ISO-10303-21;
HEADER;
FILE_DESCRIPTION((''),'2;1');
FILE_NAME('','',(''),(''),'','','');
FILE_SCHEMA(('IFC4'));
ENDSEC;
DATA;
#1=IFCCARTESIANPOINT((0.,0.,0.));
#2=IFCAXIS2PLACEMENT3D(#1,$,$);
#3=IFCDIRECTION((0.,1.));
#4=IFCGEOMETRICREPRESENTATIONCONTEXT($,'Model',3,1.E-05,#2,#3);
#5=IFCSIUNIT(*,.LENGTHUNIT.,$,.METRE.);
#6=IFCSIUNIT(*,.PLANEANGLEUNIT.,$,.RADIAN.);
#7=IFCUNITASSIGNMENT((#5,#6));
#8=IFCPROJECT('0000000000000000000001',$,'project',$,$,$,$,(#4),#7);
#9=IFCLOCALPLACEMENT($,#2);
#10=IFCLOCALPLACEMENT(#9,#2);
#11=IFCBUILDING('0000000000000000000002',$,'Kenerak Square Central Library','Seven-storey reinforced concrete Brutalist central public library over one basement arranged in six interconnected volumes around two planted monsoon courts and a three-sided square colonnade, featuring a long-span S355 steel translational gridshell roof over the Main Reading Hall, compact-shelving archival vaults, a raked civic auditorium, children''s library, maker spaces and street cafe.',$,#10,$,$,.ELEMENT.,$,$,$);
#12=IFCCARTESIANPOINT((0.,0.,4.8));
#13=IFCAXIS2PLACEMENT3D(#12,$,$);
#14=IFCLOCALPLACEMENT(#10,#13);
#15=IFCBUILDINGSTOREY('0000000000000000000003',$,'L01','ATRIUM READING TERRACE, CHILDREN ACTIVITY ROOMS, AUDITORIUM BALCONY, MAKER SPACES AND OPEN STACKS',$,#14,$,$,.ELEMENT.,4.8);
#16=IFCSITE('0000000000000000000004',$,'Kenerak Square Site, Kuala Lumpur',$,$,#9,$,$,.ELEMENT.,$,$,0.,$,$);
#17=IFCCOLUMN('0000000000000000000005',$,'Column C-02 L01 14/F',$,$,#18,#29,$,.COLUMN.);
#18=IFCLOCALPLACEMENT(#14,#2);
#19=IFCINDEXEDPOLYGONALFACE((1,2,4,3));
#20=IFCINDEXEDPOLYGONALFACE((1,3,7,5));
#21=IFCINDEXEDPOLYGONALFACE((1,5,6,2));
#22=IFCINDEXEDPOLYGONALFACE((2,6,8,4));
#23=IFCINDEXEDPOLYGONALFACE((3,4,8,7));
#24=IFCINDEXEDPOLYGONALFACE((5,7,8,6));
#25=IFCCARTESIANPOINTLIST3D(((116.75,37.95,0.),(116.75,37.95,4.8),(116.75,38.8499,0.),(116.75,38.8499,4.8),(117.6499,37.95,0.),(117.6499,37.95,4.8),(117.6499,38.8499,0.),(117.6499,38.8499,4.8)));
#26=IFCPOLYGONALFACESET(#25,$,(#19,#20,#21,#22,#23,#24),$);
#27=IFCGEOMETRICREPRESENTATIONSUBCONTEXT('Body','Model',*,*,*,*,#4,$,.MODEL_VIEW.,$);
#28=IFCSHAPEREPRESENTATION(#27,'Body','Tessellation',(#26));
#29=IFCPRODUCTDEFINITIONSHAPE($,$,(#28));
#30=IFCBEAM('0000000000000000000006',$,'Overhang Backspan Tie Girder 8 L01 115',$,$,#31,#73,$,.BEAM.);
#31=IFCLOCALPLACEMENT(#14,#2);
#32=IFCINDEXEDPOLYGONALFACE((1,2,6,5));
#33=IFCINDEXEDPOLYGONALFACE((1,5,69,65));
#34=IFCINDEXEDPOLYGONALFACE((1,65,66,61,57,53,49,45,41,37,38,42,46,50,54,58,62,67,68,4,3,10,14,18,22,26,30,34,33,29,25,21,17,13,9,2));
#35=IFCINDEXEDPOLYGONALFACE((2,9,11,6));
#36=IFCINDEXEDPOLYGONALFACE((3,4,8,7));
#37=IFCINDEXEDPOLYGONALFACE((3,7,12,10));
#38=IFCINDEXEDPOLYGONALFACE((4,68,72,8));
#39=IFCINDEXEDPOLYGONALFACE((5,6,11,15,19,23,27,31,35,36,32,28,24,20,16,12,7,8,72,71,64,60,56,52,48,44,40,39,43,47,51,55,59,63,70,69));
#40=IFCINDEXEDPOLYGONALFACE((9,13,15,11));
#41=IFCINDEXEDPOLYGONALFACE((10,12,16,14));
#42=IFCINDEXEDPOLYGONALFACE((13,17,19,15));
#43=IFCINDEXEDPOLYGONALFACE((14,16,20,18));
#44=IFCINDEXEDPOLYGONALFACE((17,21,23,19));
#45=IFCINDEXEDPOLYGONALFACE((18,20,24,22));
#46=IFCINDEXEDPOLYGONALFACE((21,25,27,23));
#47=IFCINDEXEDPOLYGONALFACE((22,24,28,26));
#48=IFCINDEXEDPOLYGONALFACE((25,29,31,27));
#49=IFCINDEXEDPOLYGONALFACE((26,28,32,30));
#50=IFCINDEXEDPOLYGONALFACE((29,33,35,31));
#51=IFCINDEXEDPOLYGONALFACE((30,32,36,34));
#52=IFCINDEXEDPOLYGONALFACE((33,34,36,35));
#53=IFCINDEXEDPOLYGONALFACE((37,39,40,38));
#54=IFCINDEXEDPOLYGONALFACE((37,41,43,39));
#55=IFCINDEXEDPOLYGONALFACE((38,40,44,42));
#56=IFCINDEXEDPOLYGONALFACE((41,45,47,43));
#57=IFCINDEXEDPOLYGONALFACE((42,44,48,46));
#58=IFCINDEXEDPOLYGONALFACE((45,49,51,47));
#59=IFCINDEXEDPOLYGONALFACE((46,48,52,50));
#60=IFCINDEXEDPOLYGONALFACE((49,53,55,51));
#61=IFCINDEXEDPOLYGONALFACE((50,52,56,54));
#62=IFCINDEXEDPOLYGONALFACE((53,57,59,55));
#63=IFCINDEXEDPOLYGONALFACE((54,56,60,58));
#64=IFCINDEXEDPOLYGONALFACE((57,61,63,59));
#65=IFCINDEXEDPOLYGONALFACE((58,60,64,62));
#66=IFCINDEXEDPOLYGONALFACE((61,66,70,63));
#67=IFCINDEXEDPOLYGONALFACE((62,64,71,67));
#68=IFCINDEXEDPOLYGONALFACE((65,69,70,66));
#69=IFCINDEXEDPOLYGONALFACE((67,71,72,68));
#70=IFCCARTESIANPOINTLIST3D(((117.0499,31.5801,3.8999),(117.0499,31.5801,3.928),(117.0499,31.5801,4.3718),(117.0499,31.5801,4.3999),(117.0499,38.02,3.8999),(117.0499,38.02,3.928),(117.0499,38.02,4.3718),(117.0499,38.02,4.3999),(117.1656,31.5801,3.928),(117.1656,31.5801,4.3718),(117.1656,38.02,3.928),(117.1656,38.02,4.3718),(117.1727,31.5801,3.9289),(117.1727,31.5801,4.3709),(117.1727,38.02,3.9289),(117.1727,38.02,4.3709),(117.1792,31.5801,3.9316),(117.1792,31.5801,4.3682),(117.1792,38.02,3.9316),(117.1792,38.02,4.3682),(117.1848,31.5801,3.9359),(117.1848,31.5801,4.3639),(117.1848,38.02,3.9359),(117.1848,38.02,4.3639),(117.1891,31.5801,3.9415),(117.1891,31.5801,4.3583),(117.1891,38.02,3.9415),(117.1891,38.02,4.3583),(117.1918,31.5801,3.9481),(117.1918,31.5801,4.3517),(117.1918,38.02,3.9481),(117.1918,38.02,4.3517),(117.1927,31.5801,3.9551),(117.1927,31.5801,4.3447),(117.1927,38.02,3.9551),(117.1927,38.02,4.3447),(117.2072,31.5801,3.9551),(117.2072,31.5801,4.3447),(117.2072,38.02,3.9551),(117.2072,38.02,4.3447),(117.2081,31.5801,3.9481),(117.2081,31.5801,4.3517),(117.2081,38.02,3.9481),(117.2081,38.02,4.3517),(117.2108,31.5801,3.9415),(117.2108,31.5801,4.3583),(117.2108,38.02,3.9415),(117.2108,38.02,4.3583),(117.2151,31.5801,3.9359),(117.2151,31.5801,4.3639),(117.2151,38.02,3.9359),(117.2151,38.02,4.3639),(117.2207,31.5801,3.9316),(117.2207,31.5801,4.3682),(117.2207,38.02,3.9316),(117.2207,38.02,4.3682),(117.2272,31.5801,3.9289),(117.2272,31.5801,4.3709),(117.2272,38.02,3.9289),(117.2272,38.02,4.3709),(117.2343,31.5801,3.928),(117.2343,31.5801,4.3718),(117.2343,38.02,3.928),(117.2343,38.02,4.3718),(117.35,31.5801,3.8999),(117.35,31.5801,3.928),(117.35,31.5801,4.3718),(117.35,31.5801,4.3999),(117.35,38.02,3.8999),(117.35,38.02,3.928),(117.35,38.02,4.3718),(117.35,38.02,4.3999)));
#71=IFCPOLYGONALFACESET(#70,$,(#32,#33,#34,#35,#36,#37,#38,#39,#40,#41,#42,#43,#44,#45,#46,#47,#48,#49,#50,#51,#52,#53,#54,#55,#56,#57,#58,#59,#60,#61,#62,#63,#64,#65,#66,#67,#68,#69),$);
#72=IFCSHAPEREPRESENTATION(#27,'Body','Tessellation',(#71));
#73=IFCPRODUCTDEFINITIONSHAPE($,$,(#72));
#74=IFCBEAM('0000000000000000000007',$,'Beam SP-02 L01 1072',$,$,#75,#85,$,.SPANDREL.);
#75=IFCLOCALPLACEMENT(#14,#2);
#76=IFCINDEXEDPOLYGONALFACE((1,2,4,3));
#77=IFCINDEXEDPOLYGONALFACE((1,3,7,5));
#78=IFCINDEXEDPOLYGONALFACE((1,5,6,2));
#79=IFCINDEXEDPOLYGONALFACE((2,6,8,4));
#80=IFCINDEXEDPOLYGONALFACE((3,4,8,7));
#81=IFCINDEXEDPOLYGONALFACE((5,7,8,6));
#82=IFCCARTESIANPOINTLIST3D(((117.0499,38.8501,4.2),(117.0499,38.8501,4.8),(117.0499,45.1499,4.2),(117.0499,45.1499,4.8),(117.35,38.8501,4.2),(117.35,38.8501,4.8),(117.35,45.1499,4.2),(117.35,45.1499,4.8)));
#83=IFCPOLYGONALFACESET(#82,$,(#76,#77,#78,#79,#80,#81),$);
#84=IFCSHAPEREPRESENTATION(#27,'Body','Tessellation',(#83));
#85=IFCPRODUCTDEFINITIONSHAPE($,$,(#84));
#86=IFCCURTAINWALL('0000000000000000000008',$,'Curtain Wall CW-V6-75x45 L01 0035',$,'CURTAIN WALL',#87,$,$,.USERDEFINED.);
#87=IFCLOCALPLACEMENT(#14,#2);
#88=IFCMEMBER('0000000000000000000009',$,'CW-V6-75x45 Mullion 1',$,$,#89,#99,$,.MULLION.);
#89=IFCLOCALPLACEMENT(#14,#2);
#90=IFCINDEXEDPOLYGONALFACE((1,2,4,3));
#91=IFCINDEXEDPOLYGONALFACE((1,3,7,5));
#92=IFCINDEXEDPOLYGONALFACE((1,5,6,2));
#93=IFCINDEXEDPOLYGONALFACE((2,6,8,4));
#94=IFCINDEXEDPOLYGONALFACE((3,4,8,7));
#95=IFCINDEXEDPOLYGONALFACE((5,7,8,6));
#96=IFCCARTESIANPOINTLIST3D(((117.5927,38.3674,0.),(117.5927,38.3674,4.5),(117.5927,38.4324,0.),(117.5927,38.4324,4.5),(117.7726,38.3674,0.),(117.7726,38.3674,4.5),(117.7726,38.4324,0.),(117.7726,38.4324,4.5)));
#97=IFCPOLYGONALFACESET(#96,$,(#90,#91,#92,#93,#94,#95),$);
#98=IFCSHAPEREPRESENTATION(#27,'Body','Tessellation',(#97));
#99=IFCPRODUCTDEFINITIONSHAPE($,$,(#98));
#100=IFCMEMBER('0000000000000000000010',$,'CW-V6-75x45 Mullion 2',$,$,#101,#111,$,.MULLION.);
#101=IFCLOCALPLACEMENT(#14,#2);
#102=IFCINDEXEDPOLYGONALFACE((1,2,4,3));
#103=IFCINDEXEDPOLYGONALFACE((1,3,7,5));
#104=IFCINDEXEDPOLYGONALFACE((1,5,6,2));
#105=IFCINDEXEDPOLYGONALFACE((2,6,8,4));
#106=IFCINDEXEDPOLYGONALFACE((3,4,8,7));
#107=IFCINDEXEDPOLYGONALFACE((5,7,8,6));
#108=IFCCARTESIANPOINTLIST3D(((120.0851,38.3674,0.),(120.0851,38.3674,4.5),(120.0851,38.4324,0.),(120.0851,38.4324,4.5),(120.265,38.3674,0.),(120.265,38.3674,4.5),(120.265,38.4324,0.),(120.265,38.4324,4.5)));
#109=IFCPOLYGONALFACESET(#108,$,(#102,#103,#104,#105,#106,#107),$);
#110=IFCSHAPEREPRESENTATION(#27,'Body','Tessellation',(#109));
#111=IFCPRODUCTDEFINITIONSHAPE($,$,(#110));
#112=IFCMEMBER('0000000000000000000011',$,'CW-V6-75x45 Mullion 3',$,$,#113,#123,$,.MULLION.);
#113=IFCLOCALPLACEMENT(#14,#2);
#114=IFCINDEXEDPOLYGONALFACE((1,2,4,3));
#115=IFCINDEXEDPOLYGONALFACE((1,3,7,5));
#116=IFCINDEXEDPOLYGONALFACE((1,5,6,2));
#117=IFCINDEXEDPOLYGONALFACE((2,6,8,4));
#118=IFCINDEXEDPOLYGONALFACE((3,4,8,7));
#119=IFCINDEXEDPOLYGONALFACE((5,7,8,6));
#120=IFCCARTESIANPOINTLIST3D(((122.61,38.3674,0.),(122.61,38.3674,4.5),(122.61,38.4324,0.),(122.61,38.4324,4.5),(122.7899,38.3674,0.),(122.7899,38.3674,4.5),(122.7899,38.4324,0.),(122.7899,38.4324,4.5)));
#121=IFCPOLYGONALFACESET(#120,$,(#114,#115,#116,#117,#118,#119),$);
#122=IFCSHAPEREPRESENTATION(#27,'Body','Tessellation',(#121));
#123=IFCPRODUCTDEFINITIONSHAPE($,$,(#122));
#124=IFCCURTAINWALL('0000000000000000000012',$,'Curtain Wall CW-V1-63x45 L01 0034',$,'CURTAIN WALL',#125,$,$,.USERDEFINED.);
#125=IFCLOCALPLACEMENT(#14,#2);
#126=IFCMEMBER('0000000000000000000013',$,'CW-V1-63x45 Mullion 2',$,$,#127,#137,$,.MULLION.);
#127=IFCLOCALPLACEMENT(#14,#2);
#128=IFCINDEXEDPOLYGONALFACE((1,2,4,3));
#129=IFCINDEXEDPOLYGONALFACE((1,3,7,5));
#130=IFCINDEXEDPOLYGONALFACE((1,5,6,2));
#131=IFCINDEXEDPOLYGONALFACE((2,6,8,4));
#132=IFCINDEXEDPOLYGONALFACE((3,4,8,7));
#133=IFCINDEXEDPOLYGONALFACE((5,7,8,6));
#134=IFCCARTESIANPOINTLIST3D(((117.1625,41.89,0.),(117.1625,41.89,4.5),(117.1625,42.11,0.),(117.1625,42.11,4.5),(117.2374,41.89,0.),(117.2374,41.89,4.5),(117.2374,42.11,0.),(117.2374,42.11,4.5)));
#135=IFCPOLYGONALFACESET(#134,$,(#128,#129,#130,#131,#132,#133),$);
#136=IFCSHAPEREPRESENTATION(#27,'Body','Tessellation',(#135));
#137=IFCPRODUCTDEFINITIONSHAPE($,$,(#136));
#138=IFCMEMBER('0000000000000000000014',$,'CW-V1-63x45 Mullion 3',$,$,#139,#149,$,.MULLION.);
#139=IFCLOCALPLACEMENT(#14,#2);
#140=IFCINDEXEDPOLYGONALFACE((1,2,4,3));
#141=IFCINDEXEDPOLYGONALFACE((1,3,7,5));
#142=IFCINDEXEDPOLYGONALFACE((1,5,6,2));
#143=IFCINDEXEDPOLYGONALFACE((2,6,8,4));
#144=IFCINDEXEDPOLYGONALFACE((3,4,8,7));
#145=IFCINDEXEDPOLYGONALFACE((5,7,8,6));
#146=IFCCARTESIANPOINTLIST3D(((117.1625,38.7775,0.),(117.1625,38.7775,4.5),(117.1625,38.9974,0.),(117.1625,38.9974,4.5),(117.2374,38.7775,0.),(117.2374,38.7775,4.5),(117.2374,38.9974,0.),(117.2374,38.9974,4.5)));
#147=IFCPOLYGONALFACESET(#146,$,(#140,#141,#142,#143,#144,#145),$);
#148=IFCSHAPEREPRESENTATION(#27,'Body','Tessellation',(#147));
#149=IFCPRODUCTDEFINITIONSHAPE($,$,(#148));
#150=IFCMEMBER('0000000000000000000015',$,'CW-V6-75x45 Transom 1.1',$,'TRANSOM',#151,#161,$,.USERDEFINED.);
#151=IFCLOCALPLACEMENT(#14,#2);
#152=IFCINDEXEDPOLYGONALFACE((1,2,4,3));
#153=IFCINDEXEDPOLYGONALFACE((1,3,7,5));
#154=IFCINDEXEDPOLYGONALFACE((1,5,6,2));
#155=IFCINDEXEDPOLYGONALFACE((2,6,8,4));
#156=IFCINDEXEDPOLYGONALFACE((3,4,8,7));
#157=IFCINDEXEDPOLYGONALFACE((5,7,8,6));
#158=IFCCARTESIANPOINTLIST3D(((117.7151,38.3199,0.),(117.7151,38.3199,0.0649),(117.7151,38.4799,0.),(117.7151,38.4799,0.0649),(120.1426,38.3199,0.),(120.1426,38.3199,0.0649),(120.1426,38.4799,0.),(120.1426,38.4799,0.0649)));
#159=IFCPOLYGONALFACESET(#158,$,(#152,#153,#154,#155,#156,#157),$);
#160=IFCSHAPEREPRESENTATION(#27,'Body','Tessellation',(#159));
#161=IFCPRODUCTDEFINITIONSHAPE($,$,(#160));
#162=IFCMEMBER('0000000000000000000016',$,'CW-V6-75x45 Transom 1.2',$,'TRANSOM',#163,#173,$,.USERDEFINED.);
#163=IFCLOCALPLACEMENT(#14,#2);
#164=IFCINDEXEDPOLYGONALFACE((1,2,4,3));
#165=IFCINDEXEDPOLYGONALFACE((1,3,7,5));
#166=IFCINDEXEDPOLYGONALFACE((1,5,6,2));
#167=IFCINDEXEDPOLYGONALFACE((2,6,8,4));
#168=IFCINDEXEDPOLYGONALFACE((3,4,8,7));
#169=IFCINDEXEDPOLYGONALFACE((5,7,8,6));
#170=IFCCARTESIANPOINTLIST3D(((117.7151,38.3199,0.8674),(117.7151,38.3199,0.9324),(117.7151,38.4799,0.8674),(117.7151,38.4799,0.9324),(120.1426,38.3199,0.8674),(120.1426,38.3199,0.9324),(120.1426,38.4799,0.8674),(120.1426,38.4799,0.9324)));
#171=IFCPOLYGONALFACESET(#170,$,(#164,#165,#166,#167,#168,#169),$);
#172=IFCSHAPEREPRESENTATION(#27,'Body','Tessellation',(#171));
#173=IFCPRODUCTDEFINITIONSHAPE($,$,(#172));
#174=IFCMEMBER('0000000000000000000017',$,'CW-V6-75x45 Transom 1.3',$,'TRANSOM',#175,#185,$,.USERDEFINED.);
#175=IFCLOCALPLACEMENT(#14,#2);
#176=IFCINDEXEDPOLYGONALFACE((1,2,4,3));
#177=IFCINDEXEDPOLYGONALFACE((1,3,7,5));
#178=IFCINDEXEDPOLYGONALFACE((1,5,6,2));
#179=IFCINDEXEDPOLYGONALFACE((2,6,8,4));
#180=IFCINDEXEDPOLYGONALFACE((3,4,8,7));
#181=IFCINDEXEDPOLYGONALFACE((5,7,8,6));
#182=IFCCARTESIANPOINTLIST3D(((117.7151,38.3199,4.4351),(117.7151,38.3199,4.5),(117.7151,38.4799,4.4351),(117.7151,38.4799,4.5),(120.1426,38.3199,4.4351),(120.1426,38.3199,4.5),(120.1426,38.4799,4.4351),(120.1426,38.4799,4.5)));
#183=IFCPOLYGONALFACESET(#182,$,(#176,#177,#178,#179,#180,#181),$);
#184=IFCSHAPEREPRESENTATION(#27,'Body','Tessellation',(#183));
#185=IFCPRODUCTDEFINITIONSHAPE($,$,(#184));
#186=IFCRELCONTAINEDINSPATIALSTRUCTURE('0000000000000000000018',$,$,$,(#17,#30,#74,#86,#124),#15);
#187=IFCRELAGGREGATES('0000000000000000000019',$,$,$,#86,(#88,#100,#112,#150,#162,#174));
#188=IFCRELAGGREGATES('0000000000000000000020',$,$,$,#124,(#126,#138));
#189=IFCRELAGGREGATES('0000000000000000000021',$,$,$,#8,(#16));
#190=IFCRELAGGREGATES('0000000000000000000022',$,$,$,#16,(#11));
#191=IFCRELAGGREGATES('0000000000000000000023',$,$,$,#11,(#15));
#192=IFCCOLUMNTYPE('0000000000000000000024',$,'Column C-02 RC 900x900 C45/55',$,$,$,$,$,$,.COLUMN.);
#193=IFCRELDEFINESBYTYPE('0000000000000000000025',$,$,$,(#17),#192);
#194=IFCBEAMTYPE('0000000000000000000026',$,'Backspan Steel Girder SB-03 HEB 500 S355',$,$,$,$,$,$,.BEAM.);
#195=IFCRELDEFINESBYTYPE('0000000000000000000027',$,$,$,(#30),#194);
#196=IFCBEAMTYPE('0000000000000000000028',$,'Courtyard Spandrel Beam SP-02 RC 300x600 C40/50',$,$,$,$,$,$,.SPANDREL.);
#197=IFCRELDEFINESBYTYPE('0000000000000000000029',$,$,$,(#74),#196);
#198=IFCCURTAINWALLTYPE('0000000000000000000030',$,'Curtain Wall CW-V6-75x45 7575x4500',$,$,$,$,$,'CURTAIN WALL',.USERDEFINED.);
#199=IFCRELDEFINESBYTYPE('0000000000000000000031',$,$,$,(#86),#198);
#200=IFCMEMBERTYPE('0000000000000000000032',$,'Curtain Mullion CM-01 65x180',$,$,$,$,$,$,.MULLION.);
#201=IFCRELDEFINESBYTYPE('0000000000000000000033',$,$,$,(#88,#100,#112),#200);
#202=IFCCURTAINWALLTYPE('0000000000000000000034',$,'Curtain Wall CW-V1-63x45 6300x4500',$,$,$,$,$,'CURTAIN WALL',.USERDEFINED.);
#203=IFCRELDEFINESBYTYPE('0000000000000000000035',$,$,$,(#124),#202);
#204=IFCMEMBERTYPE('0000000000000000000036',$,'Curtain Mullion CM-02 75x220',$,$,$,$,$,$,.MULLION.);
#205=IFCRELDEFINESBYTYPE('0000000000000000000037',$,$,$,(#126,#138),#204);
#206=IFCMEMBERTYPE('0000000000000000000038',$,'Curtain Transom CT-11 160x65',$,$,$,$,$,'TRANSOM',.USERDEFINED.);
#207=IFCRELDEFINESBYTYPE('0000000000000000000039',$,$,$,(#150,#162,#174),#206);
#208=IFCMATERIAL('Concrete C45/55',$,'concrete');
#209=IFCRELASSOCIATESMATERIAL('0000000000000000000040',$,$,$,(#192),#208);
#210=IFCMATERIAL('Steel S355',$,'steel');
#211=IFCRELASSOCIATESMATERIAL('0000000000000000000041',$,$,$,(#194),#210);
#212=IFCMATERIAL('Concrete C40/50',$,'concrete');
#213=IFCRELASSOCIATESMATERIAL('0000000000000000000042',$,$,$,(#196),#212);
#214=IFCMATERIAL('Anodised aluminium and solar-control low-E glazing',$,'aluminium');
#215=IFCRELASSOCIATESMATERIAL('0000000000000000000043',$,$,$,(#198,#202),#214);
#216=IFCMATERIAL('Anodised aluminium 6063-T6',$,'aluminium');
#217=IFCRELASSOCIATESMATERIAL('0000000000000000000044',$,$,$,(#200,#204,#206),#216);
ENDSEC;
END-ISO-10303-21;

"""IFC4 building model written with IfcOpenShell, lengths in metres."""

from ifc_helpers import new_model, si_unit, direction, frame, origin, origin_2d, place, context, subcontext, project, spatial, rectangle, i_section, extrude, material, material_profile, profile_set, type_object, element, aggregate, save


model = new_model("IFC4")

# Units and contexts
model_context = context("Model", 3, precision=1e-05, world=origin(), true_north=direction((0.0, 1.0)))
body_context = subcontext(model_context, "Body", "Model", "MODEL_VIEW")
ifc_project = project(units=[si_unit("LENGTHUNIT", "METRE"), si_unit("PLANEANGLEUNIT", "RADIAN")], contexts=[model_context])

# Site, building, storey
site_placement = place(None, origin())
site = spatial("IfcSite", under=ifc_project, at=site_placement, Name="Kenerak Square Site, Kuala Lumpur", CompositionType="ELEMENT", RefElevation=0.0)
building_placement = place(site_placement, origin())
building = spatial("IfcBuilding", under=site, at=building_placement, Name="Kenerak Square Central Library", Description="Seven-storey reinforced concrete Brutalist central public library over one basement arranged in six interconnected volumes around two planted monsoon courts and a three-sided square colonnade, featuring a long-span S355 steel translational gridshell roof over the Main Reading Hall, compact-shelving archival vaults, a raked civic auditorium, children's library, maker spaces and street cafe.", CompositionType="ELEMENT")
storey_placement = place(building_placement, frame((0.0, 0.0, 4.8)))
storey = spatial("IfcBuildingStorey", under=building, at=storey_placement, Name="L01", Description="ATRIUM READING TERRACE, CHILDREN ACTIVITY ROOMS, AUDITORIUM BALCONY, MAKER SPACES AND OPEN STACKS", CompositionType="ELEMENT", Elevation=4.8)

# Column
ifc_material_1 = material(Name="Concrete C45/55", Category="concrete")
ifc_material_profile_1 = material_profile(ifc_material_1, rectangle(XDim=0.8999, YDim=0.8999, at=origin_2d()), Name="RC 900x900")
ifc_profile_set_1 = profile_set([ifc_material_profile_1], Name="Concrete C45/55")
column_type = type_object("IfcColumnType", Name="Column C-02 RC 900x900 C45/55", PredefinedType="COLUMN", material=ifc_profile_set_1)
column_placement = place(storey_placement, frame((117.2, 38.3999, 0.0), z_axis=(0.0, 0.0, 1.0), x_axis=(1.0, 0.0, 0.0)))
element("IfcColumn", 1, at=column_placement, inside=storey, type_object=column_type, Name="Column C-02 L01 14/F", PredefinedType="COLUMN", context=body_context, shape_type="SweptSolid", body=[
    extrude(rectangle(XDim=0.8999, YDim=0.8999, at=origin_2d()), origin(), (0.0, 0.0, 1.0), 4.8),
])

# Beams
ifc_material_2 = material(Name="Steel S355", Category="steel")
ifc_material_profile_2 = material_profile(ifc_material_2, i_section(OverallWidth=0.3, OverallDepth=0.5, WebThickness=0.0144, FlangeThickness=0.0281, FilletRadius=0.0271, at=origin_2d()), Name="HEB 500")
ifc_profile_set_2 = profile_set([ifc_material_profile_2], Name="Steel S355")
beam_type_1 = type_object("IfcBeamType", Name="Backspan Steel Girder SB-03 HEB 500 S355", PredefinedType="BEAM", material=ifc_profile_set_2)
beam_1_placement = place(storey_placement, frame((117.2, 31.5801, 4.1499), z_axis=(0.0, 1.0, 0.0), x_axis=(-1.0, 0.0, 0.0)))
element("IfcBeam", 2, at=beam_1_placement, inside=storey, type_object=beam_type_1, Name="Overhang Backspan Tie Girder 8 L01 115", PredefinedType="BEAM", context=body_context, shape_type="SweptSolid", body=[
    extrude(i_section(OverallWidth=0.3, OverallDepth=0.5, WebThickness=0.0144, FlangeThickness=0.0281, FilletRadius=0.0271, at=origin_2d()), origin(), (0.0, 0.0, 1.0), 6.4399),
])
ifc_material_3 = material(Name="Concrete C40/50", Category="concrete")
ifc_material_profile_3 = material_profile(ifc_material_3, rectangle(XDim=0.3, YDim=0.6001, at=origin_2d()), Name="RC 300x600")
ifc_profile_set_3 = profile_set([ifc_material_profile_3], Name="Concrete C40/50")
beam_type_2 = type_object("IfcBeamType", Name="Courtyard Spandrel Beam SP-02 RC 300x600 C40/50", PredefinedType="SPANDREL", material=ifc_profile_set_3)
beam_2_placement = place(storey_placement, frame((117.2, 38.8501, 4.5), z_axis=(0.0, 1.0, 0.0), x_axis=(-1.0, 0.0, 0.0)))
element("IfcBeam", 3, at=beam_2_placement, inside=storey, type_object=beam_type_2, Name="Beam SP-02 L01 1072", PredefinedType="SPANDREL", context=body_context, shape_type="SweptSolid", body=[
    extrude(rectangle(XDim=0.3, YDim=0.6001, at=origin_2d()), origin(), (0.0, 0.0, 1.0), 6.2998),
])

# Curtain walls, members
ifc_material_4 = material(Name="Anodised aluminium and solar-control low-E glazing", Category="aluminium")
curtain_wall_type_1 = type_object("IfcCurtainWallType", Name="Curtain Wall CW-V6-75x45 7575x4500", ElementType="CURTAIN WALL", PredefinedType="USERDEFINED", material=ifc_material_4)
curtain_wall_1_placement = place(storey_placement, origin())
curtain_wall_1 = element("IfcCurtainWall", 4, at=curtain_wall_1_placement, inside=storey, type_object=curtain_wall_type_1, Name="Curtain Wall CW-V6-75x45 L01 0035", ObjectType="CURTAIN WALL", PredefinedType="USERDEFINED")
ifc_material_5 = material(Name="Anodised aluminium 6063-T6", Category="aluminium")
ifc_material_profile_4 = material_profile(ifc_material_5, rectangle(XDim=0.0649, YDim=0.1799, at=origin_2d()), Name="AL MULLION 65x180")
ifc_profile_set_4 = profile_set([ifc_material_profile_4], Name="Anodised aluminium 6063-T6")
member_type_1 = type_object("IfcMemberType", Name="Curtain Mullion CM-01 65x180", PredefinedType="MULLION", material=ifc_profile_set_4)
member_1_placement = place(storey_placement, frame((117.6826, 38.3999, 0.0), z_axis=(0.0, 0.0, 1.0), x_axis=(0.0, 1.0, 0.0)))
member_1 = element("IfcMember", 5, at=member_1_placement, type_object=member_type_1, Name="CW-V6-75x45 Mullion 1", PredefinedType="MULLION", context=body_context, shape_type="SweptSolid", body=[
    extrude(rectangle(XDim=0.0649, YDim=0.1799, at=origin_2d()), origin(), (0.0, 0.0, 1.0), 4.5),
])
member_2_placement = place(storey_placement, frame((120.175, 38.3999, 0.0), z_axis=(0.0, 0.0, 1.0), x_axis=(0.0, 1.0, 0.0)))
member_2 = element("IfcMember", 6, at=member_2_placement, type_object=member_type_1, Name="CW-V6-75x45 Mullion 2", PredefinedType="MULLION", context=body_context, shape_type="SweptSolid", body=[
    extrude(rectangle(XDim=0.0649, YDim=0.1799, at=origin_2d()), origin(), (0.0, 0.0, 1.0), 4.5),
])
member_3_placement = place(storey_placement, frame((122.7, 38.3999, 0.0), z_axis=(0.0, 0.0, 1.0), x_axis=(0.0, 1.0, 0.0)))
member_3 = element("IfcMember", 7, at=member_3_placement, type_object=member_type_1, Name="CW-V6-75x45 Mullion 3", PredefinedType="MULLION", context=body_context, shape_type="SweptSolid", body=[
    extrude(rectangle(XDim=0.0649, YDim=0.1799, at=origin_2d()), origin(), (0.0, 0.0, 1.0), 4.5),
])
curtain_wall_type_2 = type_object("IfcCurtainWallType", Name="Curtain Wall CW-V1-63x45 6300x4500", ElementType="CURTAIN WALL", PredefinedType="USERDEFINED", material=ifc_material_4)
curtain_wall_2_placement = place(storey_placement, origin())
curtain_wall_2 = element("IfcCurtainWall", 8, at=curtain_wall_2_placement, inside=storey, type_object=curtain_wall_type_2, Name="Curtain Wall CW-V1-63x45 L01 0034", ObjectType="CURTAIN WALL", PredefinedType="USERDEFINED")
ifc_material_profile_5 = material_profile(ifc_material_5, rectangle(XDim=0.075, YDim=0.22, at=origin_2d()), Name="AL MULLION 75x220")
ifc_profile_set_5 = profile_set([ifc_material_profile_5], Name="Anodised aluminium 6063-T6")
member_type_2 = type_object("IfcMemberType", Name="Curtain Mullion CM-02 75x220", PredefinedType="MULLION", material=ifc_profile_set_5)
member_4_placement = place(storey_placement, frame((117.2, 42.0, 0.0), z_axis=(0.0, 0.0, 1.0), x_axis=(1.0, 0.0, 0.0)))
member_4 = element("IfcMember", 9, at=member_4_placement, type_object=member_type_2, Name="CW-V1-63x45 Mullion 2", PredefinedType="MULLION", context=body_context, shape_type="SweptSolid", body=[
    extrude(rectangle(XDim=0.075, YDim=0.22, at=origin_2d()), origin(), (0.0, 0.0, 1.0), 4.5),
])
member_5_placement = place(storey_placement, frame((117.2, 38.8875, 0.0), z_axis=(0.0, 0.0, 1.0), x_axis=(1.0, 0.0, 0.0)))
member_5 = element("IfcMember", 10, at=member_5_placement, type_object=member_type_2, Name="CW-V1-63x45 Mullion 3", PredefinedType="MULLION", context=body_context, shape_type="SweptSolid", body=[
    extrude(rectangle(XDim=0.075, YDim=0.22, at=origin_2d()), origin(), (0.0, 0.0, 1.0), 4.5),
])

# Members
ifc_material_profile_6 = material_profile(ifc_material_5, rectangle(XDim=0.1599, YDim=0.0649, at=origin_2d()), Name="AL TRANSOM 160x65")
ifc_profile_set_6 = profile_set([ifc_material_profile_6], Name="Anodised aluminium 6063-T6")
member_type_3 = type_object("IfcMemberType", Name="Curtain Transom CT-11 160x65", ElementType="TRANSOM", PredefinedType="USERDEFINED", material=ifc_profile_set_6)
member_6_placement = place(storey_placement, frame((117.7151, 38.3999, 0.0325), z_axis=(1.0, 0.0, 0.0), x_axis=(0.0, 1.0, 0.0)))
member_6 = element("IfcMember", 11, at=member_6_placement, type_object=member_type_3, Name="CW-V6-75x45 Transom 1.1", ObjectType="TRANSOM", PredefinedType="USERDEFINED", context=body_context, shape_type="SweptSolid", body=[
    extrude(rectangle(XDim=0.1599, YDim=0.0649, at=origin_2d()), origin(), (0.0, 0.0, 1.0), 2.4275),
])
member_7_placement = place(storey_placement, frame((117.7151, 38.3999, 0.8999), z_axis=(1.0, 0.0, 0.0), x_axis=(0.0, 1.0, 0.0)))
member_7 = element("IfcMember", 12, at=member_7_placement, type_object=member_type_3, Name="CW-V6-75x45 Transom 1.2", ObjectType="TRANSOM", PredefinedType="USERDEFINED", context=body_context, shape_type="SweptSolid", body=[
    extrude(rectangle(XDim=0.1599, YDim=0.0649, at=origin_2d()), origin(), (0.0, 0.0, 1.0), 2.4275),
])
member_8_placement = place(storey_placement, frame((117.7151, 38.3999, 4.4675), z_axis=(1.0, 0.0, 0.0), x_axis=(0.0, 1.0, 0.0)))
member_8 = element("IfcMember", 13, at=member_8_placement, type_object=member_type_3, Name="CW-V6-75x45 Transom 1.3", ObjectType="TRANSOM", PredefinedType="USERDEFINED", context=body_context, shape_type="SweptSolid", body=[
    extrude(rectangle(XDim=0.1599, YDim=0.0649, at=origin_2d()), origin(), (0.0, 0.0, 1.0), 2.4275),
])

aggregate(curtain_wall_1, [member_1, member_2, member_3, member_6, member_7, member_8])
aggregate(curtain_wall_2, [member_4, member_5])

save(model, "model.ifc")
